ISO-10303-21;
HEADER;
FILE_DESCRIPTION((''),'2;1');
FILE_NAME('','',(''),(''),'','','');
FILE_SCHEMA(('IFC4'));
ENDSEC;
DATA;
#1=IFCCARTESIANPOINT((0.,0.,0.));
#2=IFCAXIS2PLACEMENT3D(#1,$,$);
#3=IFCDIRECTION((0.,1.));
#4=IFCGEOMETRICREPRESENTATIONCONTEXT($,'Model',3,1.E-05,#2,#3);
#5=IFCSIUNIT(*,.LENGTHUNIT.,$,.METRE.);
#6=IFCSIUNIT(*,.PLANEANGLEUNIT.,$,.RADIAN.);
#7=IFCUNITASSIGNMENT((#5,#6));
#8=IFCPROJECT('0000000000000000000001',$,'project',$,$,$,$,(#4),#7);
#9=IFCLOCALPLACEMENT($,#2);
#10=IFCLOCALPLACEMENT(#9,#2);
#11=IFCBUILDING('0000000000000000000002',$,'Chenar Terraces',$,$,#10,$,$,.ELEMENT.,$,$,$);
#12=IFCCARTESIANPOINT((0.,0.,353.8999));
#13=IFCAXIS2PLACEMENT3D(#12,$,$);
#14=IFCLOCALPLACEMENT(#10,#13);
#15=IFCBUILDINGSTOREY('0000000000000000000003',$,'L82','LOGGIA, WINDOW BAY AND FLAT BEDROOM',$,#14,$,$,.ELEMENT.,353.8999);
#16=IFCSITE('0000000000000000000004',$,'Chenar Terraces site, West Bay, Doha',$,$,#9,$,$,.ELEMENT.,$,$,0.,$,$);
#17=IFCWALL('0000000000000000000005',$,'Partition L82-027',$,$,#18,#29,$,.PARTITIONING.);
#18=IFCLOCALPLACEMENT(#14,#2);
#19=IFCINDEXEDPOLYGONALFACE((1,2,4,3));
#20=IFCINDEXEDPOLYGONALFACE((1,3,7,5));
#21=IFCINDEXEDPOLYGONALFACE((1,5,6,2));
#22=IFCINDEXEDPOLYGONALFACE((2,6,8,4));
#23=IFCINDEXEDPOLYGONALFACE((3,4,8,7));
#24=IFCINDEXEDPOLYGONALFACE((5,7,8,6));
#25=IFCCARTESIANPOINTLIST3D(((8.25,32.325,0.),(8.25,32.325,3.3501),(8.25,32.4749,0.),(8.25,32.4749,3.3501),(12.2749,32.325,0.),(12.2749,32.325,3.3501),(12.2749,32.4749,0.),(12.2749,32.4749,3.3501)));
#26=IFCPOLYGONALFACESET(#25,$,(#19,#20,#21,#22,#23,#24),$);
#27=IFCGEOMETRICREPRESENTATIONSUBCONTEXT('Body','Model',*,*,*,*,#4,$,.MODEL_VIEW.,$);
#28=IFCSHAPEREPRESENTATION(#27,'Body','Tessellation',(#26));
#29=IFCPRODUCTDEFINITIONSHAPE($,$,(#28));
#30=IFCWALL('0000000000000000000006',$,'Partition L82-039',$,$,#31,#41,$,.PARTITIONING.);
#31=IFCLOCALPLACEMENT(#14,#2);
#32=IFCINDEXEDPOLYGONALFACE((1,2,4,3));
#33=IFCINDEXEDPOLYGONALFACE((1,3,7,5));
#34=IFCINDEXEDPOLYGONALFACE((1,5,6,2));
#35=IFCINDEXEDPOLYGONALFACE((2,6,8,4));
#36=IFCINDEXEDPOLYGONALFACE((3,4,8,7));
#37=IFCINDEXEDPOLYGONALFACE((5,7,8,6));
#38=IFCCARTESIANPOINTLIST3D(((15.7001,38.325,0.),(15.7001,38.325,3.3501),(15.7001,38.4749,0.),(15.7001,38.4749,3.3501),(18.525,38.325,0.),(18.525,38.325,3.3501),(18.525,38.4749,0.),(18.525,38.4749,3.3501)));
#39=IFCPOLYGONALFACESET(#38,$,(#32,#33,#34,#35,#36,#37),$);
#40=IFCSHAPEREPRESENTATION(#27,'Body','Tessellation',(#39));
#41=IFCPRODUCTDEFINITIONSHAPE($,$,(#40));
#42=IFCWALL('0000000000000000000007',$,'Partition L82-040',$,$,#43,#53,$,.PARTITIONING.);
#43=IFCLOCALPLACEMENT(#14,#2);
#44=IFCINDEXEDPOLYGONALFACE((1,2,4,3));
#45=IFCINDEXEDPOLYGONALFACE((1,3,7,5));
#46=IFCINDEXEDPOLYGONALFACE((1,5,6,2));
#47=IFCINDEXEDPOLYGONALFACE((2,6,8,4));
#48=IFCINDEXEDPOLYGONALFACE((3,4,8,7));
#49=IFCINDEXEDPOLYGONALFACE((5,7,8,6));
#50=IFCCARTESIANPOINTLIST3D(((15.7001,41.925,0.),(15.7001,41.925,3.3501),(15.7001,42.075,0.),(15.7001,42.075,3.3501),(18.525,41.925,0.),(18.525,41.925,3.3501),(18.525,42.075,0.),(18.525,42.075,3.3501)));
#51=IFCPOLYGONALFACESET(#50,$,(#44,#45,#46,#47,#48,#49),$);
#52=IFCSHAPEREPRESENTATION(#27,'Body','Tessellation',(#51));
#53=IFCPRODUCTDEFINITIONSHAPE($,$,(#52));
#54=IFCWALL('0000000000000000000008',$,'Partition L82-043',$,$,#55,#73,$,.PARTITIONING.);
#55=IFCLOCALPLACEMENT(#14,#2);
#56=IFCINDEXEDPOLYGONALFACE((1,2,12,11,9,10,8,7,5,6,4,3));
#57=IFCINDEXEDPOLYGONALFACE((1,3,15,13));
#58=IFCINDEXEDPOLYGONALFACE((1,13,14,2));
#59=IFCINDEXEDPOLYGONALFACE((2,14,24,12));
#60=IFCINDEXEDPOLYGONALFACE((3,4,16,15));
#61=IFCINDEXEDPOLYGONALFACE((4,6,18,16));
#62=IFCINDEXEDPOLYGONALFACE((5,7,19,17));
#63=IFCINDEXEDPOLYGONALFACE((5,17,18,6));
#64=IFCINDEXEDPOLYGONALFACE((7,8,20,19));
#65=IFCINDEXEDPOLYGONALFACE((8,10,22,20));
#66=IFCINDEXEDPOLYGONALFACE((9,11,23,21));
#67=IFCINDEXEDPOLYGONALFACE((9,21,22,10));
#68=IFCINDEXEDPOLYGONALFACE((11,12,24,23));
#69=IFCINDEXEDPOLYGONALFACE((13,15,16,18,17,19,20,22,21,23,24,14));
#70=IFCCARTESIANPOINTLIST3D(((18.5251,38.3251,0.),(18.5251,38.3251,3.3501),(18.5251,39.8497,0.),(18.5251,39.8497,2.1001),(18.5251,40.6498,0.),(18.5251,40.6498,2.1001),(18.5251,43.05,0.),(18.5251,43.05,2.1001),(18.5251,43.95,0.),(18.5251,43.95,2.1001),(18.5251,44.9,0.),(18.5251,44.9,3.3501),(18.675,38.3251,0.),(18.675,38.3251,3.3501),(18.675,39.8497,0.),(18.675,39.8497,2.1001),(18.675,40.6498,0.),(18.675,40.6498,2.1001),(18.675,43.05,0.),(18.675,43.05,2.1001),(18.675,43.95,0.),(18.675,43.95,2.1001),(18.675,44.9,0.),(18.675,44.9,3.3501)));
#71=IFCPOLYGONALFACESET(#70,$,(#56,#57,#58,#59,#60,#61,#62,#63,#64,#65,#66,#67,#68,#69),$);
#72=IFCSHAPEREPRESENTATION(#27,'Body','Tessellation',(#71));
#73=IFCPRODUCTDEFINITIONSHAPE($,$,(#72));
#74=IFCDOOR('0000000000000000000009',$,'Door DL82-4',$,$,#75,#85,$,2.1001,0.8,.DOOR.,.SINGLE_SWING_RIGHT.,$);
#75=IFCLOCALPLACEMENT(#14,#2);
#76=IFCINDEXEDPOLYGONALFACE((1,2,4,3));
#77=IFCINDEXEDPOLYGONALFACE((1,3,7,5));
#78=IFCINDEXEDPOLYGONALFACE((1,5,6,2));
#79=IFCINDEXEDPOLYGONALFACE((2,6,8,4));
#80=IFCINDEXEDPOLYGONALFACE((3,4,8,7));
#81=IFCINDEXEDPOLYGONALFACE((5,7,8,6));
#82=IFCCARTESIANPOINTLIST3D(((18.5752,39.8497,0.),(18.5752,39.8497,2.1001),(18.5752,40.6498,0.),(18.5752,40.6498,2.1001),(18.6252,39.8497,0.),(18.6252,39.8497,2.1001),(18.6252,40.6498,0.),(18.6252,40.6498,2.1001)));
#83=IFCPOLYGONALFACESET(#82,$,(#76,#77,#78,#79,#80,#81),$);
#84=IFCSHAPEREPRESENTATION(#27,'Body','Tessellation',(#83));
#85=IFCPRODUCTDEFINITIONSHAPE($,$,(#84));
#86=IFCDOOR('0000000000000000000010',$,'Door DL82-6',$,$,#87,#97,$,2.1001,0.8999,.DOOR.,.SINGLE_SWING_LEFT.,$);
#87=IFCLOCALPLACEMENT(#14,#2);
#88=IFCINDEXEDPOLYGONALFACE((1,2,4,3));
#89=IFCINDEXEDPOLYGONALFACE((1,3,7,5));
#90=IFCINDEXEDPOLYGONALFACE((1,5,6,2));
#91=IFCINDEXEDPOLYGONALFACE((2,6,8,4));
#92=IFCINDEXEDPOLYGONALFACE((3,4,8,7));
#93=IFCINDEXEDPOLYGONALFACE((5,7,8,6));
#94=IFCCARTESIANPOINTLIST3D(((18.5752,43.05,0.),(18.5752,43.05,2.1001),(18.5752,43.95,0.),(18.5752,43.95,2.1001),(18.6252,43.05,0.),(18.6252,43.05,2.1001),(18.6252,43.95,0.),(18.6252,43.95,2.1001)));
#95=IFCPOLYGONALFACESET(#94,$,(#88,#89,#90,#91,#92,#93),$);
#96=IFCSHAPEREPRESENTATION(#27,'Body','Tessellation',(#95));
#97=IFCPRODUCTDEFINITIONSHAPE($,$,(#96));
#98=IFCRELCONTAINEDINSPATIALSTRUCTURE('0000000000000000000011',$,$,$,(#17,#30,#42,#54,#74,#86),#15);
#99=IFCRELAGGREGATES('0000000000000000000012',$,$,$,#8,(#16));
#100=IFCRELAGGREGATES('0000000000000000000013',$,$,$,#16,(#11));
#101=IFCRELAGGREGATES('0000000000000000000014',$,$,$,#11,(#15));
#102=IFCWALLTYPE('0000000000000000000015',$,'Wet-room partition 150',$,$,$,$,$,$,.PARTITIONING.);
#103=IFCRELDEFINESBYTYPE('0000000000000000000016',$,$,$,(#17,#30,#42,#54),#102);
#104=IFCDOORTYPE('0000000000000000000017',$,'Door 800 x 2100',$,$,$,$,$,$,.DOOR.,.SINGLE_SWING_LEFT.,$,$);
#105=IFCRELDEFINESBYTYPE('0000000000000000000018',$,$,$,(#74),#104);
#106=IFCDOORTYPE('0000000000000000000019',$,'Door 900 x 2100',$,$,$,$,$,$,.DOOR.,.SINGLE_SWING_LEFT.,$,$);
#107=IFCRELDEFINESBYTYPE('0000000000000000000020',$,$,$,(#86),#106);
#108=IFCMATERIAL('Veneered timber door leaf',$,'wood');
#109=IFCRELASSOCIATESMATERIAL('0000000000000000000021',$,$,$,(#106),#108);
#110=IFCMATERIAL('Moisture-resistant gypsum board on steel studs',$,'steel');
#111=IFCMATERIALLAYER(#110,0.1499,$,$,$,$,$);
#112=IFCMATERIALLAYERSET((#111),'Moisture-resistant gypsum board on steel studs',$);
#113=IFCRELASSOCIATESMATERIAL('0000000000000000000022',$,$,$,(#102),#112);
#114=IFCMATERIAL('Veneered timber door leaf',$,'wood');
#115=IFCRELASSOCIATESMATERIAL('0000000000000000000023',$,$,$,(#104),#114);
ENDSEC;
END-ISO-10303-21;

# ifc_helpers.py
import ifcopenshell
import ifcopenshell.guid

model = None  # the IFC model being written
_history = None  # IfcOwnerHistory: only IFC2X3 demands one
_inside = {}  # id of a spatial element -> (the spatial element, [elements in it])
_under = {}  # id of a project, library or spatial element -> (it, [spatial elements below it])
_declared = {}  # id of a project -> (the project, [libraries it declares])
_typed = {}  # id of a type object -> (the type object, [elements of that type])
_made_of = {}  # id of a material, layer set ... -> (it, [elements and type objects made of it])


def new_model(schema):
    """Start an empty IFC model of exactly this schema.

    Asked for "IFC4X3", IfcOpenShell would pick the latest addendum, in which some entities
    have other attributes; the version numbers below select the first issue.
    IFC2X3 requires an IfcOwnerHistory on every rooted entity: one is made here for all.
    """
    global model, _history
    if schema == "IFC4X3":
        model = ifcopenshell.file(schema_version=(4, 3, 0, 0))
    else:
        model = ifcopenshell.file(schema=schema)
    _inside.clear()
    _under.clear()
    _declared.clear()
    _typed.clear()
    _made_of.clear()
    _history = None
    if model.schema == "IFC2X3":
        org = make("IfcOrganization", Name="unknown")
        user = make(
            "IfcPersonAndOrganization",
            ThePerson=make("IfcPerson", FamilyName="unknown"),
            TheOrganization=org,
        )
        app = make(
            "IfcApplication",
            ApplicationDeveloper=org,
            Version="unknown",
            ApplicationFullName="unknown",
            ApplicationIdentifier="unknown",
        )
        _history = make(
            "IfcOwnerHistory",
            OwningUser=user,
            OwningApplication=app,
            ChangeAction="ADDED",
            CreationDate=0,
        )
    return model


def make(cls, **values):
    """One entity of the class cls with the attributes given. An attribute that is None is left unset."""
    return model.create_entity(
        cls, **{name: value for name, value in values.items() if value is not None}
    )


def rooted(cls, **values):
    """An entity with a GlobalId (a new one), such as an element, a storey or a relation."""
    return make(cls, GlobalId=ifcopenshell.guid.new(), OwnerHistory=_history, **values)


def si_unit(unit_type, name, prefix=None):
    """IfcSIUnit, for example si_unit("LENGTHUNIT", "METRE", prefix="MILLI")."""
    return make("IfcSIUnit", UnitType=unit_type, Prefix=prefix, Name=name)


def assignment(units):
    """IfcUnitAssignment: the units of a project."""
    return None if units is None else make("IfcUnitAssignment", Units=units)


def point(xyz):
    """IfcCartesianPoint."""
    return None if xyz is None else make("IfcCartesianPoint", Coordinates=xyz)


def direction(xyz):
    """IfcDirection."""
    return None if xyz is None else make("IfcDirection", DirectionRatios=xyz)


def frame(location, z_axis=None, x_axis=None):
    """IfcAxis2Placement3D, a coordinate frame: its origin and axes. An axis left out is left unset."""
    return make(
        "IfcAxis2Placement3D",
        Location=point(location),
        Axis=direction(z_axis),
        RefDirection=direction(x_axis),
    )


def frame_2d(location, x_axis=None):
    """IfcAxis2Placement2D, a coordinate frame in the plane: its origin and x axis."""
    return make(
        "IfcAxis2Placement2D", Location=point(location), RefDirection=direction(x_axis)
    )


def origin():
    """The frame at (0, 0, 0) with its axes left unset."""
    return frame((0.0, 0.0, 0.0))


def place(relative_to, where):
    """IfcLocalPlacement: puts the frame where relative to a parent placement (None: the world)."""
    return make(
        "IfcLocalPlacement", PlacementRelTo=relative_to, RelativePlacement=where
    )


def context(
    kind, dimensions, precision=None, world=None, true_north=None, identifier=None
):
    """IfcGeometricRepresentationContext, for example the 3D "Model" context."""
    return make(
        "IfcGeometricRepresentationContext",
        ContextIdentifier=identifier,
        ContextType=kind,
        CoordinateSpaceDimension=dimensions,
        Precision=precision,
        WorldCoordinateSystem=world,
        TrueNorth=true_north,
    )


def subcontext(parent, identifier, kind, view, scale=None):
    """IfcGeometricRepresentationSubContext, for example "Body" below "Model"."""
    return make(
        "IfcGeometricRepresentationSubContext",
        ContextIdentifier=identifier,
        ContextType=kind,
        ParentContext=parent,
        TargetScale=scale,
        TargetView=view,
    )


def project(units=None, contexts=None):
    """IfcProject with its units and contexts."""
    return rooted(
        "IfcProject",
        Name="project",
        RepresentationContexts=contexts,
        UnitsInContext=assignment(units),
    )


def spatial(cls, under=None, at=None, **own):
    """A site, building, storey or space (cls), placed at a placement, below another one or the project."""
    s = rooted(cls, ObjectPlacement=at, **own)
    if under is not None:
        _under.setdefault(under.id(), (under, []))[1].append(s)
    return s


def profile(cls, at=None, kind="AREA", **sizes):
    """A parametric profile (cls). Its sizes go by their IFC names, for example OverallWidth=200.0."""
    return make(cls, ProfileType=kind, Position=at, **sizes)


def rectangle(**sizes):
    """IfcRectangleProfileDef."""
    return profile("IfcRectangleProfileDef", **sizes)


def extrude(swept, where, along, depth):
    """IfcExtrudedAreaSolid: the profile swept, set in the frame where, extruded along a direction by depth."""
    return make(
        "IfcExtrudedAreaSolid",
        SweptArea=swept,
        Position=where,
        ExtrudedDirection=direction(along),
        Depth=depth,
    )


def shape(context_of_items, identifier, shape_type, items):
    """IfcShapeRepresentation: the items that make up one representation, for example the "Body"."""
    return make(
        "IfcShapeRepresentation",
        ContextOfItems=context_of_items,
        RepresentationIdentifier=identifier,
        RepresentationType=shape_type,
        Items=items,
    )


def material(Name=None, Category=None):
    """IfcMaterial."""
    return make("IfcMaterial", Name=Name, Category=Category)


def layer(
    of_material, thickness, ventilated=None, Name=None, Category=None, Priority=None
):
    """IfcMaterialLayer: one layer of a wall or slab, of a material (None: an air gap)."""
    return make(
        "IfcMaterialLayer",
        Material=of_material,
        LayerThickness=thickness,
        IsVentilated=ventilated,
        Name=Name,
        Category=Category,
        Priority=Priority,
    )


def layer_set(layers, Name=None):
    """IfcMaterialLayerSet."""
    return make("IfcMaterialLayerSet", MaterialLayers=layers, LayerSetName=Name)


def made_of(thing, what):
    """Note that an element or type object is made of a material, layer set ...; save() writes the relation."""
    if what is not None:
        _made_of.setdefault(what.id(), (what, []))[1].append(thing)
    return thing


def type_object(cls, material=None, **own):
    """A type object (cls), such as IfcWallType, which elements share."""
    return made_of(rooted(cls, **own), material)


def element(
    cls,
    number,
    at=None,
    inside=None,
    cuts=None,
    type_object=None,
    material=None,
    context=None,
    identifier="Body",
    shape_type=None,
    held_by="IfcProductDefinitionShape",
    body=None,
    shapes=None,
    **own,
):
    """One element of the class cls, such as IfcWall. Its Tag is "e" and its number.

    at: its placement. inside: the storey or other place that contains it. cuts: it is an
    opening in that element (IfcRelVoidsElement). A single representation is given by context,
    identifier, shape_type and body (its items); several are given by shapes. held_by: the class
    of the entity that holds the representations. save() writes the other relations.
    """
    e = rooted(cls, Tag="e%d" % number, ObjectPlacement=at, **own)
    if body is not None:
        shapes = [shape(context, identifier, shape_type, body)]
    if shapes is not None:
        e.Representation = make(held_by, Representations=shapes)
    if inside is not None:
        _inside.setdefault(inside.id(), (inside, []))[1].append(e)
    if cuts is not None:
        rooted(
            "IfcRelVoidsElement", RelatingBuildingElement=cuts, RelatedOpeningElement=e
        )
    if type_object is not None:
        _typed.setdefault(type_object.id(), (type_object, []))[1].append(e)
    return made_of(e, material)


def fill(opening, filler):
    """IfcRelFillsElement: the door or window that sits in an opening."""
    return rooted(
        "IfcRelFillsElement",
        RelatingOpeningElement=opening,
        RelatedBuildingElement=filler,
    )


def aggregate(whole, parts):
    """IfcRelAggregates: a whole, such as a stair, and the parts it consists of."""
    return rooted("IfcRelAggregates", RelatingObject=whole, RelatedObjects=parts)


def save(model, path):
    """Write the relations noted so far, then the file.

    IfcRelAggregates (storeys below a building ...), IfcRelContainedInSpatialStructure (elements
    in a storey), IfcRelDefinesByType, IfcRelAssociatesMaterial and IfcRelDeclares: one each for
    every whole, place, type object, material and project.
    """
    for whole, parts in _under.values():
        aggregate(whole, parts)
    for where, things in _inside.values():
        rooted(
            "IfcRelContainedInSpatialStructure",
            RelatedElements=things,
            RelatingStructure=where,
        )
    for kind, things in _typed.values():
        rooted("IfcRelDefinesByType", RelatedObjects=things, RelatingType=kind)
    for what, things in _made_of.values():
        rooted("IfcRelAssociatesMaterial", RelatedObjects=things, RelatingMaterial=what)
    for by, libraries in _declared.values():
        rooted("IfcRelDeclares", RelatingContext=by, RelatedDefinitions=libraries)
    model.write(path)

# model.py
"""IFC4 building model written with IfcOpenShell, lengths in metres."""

from ifc_helpers import new_model, si_unit, direction, frame, frame_2d, origin, place, context, subcontext, project, spatial, rectangle, extrude, material, layer, layer_set, type_object, element, fill, save


model = new_model("IFC4")

# Units and contexts
model_context = context("Model", 3, precision=1e-05, world=origin(), true_north=direction((0.0, 1.0)))
body_context = subcontext(model_context, "Body", "Model", "MODEL_VIEW")
ifc_project = project(units=[si_unit("LENGTHUNIT", "METRE"), si_unit("PLANEANGLEUNIT", "RADIAN")], contexts=[model_context])

# Site, building, storey
site_placement = place(None, origin())
site = spatial("IfcSite", under=ifc_project, at=site_placement, Name="Chenar Terraces site, West Bay, Doha", CompositionType="ELEMENT", RefElevation=0.0)
building_placement = place(site_placement, origin())
building = spatial("IfcBuilding", under=site, at=building_placement, Name="Chenar Terraces", CompositionType="ELEMENT")
storey_placement = place(building_placement, frame((0.0, 0.0, 353.8999)))
storey = spatial("IfcBuildingStorey", under=building, at=storey_placement, Name="L82", Description="LOGGIA, WINDOW BAY AND FLAT BEDROOM", CompositionType="ELEMENT", Elevation=353.8999)

# Shared definitions
ifc_material_1 = material(Name="Veneered timber door leaf", Category="wood")
door_type_1 = type_object("IfcDoorType", Name="Door 900 x 2100", OperationType="SINGLE_SWING_LEFT", PredefinedType="DOOR", material=ifc_material_1)

# Walls
ifc_material_2 = material(Name="Moisture-resistant gypsum board on steel studs", Category="steel")
ifc_layer_1 = layer(ifc_material_2, 0.1499)
ifc_layer_set_1 = layer_set([ifc_layer_1], Name="Moisture-resistant gypsum board on steel studs")
wall_type_1 = type_object("IfcWallType", Name="Wet-room partition 150", PredefinedType="PARTITIONING", material=ifc_layer_set_1)
wall_1_placement = place(storey_placement, frame((8.25, 32.3999, 0.0), z_axis=(0.0, 0.0, 1.0), x_axis=(1.0, 0.0, 0.0)))
element("IfcWall", 1, at=wall_1_placement, inside=storey, type_object=wall_type_1, Name="Partition L82-027", PredefinedType="PARTITIONING", context=body_context, shape_type="SweptSolid", body=[
    extrude(rectangle(XDim=4.0249, YDim=0.1499, at=frame_2d((2.0125, 0.0))), origin(), (0.0, 0.0, 1.0), 3.3501),
])
for number, where, z_axis, x_axis, name in (
    (2, (15.7, 38.3999, 0.0), (0.0, 0.0, 1.0), (1.0, 0.0, 0.0), "Partition L82-039"),
    (3, (15.7, 42.0, 0.0), (0.0, 0.0, 1.0), (1.0, 0.0, 0.0), "Partition L82-040"),
):
    element("IfcWall", number, at=place(storey_placement, frame(where, z_axis=z_axis, x_axis=x_axis)), inside=storey, type_object=wall_type_1, Name=name, PredefinedType="PARTITIONING", context=body_context, shape_type="SweptSolid", body=[
        extrude(rectangle(XDim=2.825, YDim=0.1499, at=frame_2d((1.4126, 0.0))), origin(), (0.0, 0.0, 1.0), 3.3501),
    ])

# Wall, openings, doors
wall_2_placement = place(storey_placement, frame((18.6001, 38.325, 0.0), z_axis=(0.0, 0.0, 1.0), x_axis=(0.0, 1.0, 0.0)))
wall_2 = element("IfcWall", 4, at=wall_2_placement, inside=storey, type_object=wall_type_1, Name="Partition L82-043", PredefinedType="PARTITIONING", context=body_context, shape_type="SweptSolid", body=[
    extrude(rectangle(XDim=6.575, YDim=0.1499, at=frame_2d((3.2876, 0.0))), origin(), (0.0, 0.0, 1.0), 3.3501),
])
opening_1_placement = place(wall_2_placement, frame((1.5249, 0.0, 0.0)))
opening_1 = element("IfcOpeningElement", 5, at=opening_1_placement, cuts=wall_2, PredefinedType="OPENING", context=body_context, shape_type="SweptSolid", body=[
    extrude(rectangle(XDim=0.8, YDim=2.1001, at=frame_2d((0.3999, 1.05))), frame((0.0, 0.085, 0.0), z_axis=(0.0, -1.0, 0.0), x_axis=(1.0, 0.0, 0.0)), (0.0, 0.0, 1.0), 0.1699),
])
opening_2_placement = place(wall_2_placement, frame((4.7251, 0.0, 0.0)))
opening_2 = element("IfcOpeningElement", 6, at=opening_2_placement, cuts=wall_2, PredefinedType="OPENING", context=body_context, shape_type="SweptSolid", body=[
    extrude(rectangle(XDim=0.8999, YDim=2.1001, at=frame_2d((0.45, 1.05))), frame((0.0, 0.085, 0.0), z_axis=(0.0, -1.0, 0.0), x_axis=(1.0, 0.0, 0.0)), (0.0, 0.0, 1.0), 0.1699),
])
ifc_material_3 = material(Name="Veneered timber door leaf", Category="wood")
door_type_2 = type_object("IfcDoorType", Name="Door 800 x 2100", OperationType="SINGLE_SWING_LEFT", PredefinedType="DOOR", material=ifc_material_3)
door_1_placement = place(opening_1_placement, origin())
door_1 = element("IfcDoor", 7, at=door_1_placement, inside=storey, type_object=door_type_2, Name="Door DL82-4", OperationType="SINGLE_SWING_RIGHT", OverallHeight=2.1001, OverallWidth=0.8, PredefinedType="DOOR", context=body_context, shape_type="SweptSolid", body=[
    extrude(rectangle(XDim=0.8, YDim=2.1001, at=frame_2d((0.3999, 1.05))), frame((0.0, 0.0249, 0.0), z_axis=(0.0, -1.0, 0.0), x_axis=(1.0, 0.0, 0.0)), (0.0, 0.0, 1.0), 0.05),
])
fill(opening_1, door_1)
door_2_placement = place(opening_2_placement, origin())
door_2 = element("IfcDoor", 8, at=door_2_placement, inside=storey, type_object=door_type_1, Name="Door DL82-6", OperationType="SINGLE_SWING_LEFT", OverallHeight=2.1001, OverallWidth=0.8999, PredefinedType="DOOR", context=body_context, shape_type="SweptSolid", body=[
    extrude(rectangle(XDim=0.8999, YDim=2.1001, at=frame_2d((0.45, 1.05))), frame((0.0, 0.0249, 0.0), z_axis=(0.0, -1.0, 0.0), x_axis=(1.0, 0.0, 0.0)), (0.0, 0.0, 1.0), 0.05),
])
fill(opening_2, door_2)

save(model, "model.ifc")
